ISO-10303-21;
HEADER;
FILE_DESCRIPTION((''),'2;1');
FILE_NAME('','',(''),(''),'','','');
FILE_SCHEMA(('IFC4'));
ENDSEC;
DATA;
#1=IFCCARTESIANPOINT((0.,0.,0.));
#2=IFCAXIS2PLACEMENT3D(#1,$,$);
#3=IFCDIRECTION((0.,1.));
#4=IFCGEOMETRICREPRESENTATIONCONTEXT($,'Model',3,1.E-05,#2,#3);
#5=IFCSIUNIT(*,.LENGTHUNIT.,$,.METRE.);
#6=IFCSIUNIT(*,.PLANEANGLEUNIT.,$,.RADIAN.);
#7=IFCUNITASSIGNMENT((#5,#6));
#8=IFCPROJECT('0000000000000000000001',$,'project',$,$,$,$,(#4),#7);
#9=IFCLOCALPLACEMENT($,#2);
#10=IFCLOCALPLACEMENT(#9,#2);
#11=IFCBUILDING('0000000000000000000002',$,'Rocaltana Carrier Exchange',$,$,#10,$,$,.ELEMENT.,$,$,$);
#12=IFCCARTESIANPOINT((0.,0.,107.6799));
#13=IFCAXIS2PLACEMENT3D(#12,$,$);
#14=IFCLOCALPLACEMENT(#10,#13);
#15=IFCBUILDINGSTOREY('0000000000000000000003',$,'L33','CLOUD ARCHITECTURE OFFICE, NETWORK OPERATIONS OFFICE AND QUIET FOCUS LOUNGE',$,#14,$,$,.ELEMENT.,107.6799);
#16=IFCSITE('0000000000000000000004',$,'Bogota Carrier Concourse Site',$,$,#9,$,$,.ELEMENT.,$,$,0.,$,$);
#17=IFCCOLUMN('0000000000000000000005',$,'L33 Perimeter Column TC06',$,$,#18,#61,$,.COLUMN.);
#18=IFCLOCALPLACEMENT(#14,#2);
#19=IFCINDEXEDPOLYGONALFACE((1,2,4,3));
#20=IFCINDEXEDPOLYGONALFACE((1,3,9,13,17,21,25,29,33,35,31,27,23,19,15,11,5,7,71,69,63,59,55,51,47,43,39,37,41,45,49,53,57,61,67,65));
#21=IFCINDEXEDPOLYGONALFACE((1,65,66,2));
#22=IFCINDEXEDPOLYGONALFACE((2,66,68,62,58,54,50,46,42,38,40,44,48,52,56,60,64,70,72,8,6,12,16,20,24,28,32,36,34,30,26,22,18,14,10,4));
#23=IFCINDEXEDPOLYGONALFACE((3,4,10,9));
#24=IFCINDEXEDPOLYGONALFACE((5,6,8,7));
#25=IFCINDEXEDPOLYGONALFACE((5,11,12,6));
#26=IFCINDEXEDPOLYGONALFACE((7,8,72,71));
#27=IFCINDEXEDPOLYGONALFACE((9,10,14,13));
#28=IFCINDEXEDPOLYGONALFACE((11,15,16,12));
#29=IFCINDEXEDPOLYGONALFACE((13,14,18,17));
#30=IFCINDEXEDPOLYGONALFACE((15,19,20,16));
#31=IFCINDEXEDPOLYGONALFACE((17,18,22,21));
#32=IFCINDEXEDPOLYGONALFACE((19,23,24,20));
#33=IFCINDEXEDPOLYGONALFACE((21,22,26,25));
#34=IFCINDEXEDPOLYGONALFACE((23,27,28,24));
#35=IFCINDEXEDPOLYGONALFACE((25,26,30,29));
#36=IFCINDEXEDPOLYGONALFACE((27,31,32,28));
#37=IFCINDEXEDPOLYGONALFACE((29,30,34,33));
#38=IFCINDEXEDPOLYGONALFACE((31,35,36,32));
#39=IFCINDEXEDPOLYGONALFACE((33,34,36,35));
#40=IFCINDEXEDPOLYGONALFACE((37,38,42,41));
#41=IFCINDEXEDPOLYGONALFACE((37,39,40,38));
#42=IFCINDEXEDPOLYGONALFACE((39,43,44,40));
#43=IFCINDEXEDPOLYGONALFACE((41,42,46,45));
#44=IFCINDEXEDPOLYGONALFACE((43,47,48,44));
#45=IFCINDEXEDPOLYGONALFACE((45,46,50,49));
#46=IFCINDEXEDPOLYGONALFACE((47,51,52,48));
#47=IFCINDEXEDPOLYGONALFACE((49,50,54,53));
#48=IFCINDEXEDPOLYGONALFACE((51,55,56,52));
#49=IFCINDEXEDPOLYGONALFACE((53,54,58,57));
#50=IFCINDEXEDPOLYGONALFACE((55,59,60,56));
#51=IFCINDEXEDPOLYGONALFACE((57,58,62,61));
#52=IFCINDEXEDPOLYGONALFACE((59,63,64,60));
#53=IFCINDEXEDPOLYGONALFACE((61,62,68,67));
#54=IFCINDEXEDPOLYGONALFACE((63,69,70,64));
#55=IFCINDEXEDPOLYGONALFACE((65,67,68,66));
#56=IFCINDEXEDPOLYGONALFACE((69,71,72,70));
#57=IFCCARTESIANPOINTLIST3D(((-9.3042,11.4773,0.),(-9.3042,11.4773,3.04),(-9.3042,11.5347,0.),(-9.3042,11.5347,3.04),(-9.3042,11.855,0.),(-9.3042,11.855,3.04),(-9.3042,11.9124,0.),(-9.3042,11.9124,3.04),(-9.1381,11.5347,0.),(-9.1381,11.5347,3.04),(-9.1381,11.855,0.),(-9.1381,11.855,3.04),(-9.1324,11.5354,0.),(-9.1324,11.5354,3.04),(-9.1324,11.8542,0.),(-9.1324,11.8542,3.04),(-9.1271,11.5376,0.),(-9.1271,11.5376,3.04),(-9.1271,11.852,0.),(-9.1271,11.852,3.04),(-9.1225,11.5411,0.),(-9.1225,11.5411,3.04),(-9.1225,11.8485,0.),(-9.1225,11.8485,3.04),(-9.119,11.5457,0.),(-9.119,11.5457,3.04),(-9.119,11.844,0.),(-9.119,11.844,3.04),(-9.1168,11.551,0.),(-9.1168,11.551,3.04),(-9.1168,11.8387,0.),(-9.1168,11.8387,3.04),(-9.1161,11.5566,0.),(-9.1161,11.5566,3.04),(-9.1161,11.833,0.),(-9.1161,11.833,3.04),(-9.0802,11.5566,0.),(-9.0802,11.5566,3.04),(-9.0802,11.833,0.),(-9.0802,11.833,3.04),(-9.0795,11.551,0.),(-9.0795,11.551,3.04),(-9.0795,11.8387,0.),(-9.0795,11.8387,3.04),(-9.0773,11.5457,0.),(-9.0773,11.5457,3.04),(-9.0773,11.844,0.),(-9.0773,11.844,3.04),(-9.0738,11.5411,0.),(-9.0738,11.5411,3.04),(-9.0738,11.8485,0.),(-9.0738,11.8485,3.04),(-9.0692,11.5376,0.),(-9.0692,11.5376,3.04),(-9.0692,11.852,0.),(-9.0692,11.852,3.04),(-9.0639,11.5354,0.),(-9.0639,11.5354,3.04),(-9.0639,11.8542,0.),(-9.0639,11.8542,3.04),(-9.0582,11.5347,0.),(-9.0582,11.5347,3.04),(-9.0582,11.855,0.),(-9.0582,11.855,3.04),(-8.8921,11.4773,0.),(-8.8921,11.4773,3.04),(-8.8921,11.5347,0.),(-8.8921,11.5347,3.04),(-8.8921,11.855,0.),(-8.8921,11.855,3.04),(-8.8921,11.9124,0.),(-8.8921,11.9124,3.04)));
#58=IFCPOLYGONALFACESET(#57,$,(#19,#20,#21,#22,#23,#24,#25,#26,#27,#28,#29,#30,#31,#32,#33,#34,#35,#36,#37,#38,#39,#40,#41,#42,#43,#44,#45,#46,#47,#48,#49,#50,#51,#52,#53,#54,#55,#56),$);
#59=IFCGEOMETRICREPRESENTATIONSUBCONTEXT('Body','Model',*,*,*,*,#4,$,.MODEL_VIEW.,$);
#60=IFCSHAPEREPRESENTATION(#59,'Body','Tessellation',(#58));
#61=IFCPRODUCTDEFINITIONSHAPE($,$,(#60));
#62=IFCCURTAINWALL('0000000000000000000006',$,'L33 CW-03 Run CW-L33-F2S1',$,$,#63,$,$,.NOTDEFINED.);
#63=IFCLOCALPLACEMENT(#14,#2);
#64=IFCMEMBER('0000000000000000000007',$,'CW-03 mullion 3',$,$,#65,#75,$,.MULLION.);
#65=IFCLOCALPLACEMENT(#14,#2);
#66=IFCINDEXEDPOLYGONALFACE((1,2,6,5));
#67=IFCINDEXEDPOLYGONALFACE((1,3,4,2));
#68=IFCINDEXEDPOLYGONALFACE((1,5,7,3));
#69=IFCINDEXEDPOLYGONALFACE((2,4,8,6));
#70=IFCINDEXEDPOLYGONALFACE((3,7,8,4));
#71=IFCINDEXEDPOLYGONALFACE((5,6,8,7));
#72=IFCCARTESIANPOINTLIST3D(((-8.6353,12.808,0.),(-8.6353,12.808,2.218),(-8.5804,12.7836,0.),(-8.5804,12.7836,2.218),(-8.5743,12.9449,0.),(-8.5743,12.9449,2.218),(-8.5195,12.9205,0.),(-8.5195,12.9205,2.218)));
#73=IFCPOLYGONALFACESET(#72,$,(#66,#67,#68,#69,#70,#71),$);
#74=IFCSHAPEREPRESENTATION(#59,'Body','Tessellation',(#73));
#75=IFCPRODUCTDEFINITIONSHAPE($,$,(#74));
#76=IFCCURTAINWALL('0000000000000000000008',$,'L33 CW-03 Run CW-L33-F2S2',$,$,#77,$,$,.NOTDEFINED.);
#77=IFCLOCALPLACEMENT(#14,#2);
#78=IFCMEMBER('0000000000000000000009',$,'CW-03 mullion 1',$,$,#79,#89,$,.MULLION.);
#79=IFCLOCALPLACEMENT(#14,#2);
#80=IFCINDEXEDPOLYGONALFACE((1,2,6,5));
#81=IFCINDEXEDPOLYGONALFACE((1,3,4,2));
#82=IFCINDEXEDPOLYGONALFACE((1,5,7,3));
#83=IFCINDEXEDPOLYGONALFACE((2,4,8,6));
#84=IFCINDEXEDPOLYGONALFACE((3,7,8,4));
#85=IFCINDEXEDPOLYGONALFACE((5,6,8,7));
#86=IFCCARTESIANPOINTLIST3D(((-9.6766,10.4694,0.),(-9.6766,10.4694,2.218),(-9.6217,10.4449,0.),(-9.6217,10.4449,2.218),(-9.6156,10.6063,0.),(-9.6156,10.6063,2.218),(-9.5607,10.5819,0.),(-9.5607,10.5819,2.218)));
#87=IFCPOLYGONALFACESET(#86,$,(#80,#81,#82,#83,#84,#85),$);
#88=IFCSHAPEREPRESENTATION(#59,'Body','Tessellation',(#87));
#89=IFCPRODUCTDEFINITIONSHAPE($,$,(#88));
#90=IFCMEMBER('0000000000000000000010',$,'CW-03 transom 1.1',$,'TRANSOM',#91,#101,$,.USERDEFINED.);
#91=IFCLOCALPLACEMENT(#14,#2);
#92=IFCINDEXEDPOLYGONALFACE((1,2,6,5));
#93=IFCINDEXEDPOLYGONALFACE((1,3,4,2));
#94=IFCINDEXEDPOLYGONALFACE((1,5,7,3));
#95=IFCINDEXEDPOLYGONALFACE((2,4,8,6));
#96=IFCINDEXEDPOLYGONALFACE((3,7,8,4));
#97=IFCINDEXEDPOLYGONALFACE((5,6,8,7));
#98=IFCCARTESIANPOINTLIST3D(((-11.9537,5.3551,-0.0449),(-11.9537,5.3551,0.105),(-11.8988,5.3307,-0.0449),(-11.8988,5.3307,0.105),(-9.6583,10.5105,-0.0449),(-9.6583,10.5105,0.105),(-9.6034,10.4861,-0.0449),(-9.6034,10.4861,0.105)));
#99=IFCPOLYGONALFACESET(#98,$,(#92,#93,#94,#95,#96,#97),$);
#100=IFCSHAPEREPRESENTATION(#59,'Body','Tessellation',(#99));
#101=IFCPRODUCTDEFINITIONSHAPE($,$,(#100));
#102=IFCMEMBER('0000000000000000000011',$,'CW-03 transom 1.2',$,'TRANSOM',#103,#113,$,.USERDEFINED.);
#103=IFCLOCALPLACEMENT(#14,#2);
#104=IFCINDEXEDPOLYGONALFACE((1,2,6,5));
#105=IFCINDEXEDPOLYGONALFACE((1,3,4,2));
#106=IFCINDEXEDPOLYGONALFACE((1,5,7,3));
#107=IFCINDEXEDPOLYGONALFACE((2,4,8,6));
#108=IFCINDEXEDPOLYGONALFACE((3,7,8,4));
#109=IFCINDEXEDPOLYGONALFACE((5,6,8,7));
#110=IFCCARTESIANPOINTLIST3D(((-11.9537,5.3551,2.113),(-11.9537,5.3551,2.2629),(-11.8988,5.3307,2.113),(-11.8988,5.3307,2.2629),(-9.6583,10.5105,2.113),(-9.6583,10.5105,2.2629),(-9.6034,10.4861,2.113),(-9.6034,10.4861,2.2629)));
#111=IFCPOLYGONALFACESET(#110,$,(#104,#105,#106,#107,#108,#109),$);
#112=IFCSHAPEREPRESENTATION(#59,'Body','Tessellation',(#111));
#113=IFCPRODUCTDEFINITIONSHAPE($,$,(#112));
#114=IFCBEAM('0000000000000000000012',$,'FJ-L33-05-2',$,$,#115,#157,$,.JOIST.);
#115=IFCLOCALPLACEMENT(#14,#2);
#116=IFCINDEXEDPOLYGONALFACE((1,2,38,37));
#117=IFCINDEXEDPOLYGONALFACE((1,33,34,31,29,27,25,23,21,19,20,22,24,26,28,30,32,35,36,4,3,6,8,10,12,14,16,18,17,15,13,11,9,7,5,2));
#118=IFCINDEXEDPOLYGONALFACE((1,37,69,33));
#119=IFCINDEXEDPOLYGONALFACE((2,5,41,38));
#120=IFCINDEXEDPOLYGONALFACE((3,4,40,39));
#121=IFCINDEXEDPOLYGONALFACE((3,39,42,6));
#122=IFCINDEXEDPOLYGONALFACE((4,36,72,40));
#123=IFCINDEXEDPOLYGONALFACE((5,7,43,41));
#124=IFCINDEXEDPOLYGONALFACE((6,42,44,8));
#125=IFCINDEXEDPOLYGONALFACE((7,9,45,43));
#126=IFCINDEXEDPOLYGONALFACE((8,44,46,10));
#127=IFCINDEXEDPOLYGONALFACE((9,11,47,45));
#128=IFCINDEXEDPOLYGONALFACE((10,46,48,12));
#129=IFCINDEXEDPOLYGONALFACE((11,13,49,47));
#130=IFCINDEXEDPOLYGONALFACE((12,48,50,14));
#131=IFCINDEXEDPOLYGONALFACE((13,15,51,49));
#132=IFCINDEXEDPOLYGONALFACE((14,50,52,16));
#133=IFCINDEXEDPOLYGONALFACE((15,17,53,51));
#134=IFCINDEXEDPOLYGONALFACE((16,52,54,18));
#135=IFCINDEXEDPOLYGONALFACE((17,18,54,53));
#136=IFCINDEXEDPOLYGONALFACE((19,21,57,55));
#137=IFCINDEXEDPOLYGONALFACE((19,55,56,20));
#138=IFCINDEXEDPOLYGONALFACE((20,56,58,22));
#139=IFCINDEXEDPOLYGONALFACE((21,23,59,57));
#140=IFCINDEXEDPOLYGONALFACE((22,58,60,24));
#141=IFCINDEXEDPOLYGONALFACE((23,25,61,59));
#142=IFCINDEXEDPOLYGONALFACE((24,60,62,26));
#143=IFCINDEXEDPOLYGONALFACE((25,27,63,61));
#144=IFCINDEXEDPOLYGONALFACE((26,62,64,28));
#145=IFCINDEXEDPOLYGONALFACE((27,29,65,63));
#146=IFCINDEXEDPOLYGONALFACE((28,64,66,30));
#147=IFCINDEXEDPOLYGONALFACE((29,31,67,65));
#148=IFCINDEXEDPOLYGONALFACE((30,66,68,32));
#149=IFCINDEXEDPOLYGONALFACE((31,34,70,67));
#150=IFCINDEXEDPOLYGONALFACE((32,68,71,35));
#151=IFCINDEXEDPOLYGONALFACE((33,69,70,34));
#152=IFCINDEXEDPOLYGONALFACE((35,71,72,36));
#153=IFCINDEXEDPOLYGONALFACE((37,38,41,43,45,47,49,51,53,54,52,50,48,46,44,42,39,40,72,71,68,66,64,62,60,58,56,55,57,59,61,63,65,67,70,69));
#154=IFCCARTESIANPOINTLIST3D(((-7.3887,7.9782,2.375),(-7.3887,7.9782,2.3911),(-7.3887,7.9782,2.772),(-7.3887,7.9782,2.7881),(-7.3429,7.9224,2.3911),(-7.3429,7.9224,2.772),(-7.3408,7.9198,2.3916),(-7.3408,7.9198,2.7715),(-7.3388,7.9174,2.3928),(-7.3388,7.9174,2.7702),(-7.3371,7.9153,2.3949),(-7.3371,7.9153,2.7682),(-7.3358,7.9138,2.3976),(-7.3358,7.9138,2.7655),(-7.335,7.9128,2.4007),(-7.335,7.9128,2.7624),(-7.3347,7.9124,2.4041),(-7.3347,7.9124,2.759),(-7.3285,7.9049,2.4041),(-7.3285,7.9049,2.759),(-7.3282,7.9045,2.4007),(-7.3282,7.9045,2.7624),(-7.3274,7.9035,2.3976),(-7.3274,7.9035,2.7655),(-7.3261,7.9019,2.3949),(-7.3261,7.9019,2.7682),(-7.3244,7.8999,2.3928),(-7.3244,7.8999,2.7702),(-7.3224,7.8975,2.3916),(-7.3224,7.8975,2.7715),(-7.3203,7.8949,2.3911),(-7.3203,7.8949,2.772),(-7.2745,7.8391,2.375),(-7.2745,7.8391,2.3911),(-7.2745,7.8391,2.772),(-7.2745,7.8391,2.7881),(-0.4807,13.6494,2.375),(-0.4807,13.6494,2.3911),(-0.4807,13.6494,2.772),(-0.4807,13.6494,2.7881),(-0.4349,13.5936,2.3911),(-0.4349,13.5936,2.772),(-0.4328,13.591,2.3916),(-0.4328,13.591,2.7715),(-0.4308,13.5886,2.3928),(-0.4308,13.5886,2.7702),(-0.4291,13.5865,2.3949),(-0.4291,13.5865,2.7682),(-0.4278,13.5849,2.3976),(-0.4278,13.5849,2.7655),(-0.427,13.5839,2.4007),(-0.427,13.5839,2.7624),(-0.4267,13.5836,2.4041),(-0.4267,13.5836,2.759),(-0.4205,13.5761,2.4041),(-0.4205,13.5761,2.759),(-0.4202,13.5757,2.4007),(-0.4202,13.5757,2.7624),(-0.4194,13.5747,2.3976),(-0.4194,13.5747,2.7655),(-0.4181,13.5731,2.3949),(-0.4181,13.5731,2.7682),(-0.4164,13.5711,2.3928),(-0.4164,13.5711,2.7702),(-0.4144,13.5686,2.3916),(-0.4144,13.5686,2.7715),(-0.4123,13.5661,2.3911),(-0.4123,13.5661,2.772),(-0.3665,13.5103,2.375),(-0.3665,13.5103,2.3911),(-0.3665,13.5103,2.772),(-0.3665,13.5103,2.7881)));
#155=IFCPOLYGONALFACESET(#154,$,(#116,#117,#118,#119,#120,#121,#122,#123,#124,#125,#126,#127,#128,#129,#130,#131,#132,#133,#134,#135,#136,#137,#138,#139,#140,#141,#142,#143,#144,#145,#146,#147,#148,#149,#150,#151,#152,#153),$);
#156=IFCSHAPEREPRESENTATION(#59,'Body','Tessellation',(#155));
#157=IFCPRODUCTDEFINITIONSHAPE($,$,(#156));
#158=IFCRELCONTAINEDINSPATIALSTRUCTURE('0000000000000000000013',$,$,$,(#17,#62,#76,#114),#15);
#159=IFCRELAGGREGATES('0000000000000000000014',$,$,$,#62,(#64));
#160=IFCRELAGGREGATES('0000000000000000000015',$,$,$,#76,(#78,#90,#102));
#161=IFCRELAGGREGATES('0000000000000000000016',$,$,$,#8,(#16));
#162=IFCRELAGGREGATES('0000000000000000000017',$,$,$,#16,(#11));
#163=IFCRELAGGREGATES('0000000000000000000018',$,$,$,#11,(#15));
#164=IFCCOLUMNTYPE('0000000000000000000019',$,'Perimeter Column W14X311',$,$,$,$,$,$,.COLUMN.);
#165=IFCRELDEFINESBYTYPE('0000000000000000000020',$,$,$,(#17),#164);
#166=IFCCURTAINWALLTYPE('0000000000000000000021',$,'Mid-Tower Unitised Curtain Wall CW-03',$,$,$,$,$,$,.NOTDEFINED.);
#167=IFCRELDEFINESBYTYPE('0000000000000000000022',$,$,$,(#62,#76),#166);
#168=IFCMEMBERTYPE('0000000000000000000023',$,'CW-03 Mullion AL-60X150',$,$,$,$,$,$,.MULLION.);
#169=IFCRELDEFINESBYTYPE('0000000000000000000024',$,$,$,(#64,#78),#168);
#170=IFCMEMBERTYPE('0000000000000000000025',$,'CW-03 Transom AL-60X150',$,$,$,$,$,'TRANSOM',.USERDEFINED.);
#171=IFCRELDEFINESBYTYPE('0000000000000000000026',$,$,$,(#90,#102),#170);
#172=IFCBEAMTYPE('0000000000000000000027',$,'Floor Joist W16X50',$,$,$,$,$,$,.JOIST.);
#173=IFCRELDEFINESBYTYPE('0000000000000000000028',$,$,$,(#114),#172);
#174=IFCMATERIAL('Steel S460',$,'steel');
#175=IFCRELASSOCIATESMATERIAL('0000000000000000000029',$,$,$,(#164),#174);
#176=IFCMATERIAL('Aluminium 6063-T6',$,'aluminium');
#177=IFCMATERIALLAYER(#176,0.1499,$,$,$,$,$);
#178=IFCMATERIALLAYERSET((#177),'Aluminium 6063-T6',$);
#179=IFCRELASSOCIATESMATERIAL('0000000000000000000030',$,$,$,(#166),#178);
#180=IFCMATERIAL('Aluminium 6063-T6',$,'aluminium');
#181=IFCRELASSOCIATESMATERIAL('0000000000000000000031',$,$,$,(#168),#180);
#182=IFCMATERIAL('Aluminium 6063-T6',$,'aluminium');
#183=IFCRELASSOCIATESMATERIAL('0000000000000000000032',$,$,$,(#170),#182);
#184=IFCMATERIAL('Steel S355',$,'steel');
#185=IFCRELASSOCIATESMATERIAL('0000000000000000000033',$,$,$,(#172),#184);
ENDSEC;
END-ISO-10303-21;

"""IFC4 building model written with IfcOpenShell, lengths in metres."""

from ifc_helpers import new_model, si_unit, direction, frame, origin, origin_2d, place, context, subcontext, project, spatial, rectangle, i_section, extrude, material, layer, layer_set, material_profile, profile_set, type_object, element, aggregate, save


model = new_model("IFC4")

# Units and contexts
model_context = context("Model", 3, precision=1e-05, world=origin(), true_north=direction((0.0, 1.0)))
body_context = subcontext(model_context, "Body", "Model", "MODEL_VIEW")
ifc_project = project(units=[si_unit("LENGTHUNIT", "METRE"), si_unit("PLANEANGLEUNIT", "RADIAN")], contexts=[model_context])

# Site, building, storey
site_placement = place(None, origin())
site = spatial("IfcSite", under=ifc_project, at=site_placement, Name="Bogota Carrier Concourse Site", CompositionType="ELEMENT", RefElevation=0.0)
building_placement = place(site_placement, origin())
building = spatial("IfcBuilding", under=site, at=building_placement, Name="Rocaltana Carrier Exchange", CompositionType="ELEMENT")
storey_placement = place(building_placement, frame((0.0, 0.0, 107.6799)))
storey = spatial("IfcBuildingStorey", under=building, at=storey_placement, Name="L33", Description="CLOUD ARCHITECTURE OFFICE, NETWORK OPERATIONS OFFICE AND QUIET FOCUS LOUNGE", CompositionType="ELEMENT", Elevation=107.6799)

# Column
ifc_material_1 = material(Name="Steel S460", Category="steel")
ifc_material_profile_1 = material_profile(ifc_material_1, i_section(OverallWidth=0.4121, OverallDepth=0.4351, WebThickness=0.0359, FlangeThickness=0.0574, FilletRadius=0.022, at=origin_2d()), Name="W14X311")
ifc_profile_set_1 = profile_set([ifc_material_profile_1], Name="Steel S460")
column_type = type_object("IfcColumnType", Name="Perimeter Column W14X311", PredefinedType="COLUMN", material=ifc_profile_set_1)
column_placement = place(storey_placement, frame((-9.0981, 11.6948, 0.0), z_axis=(0.0, 0.0, 1.0), x_axis=(1.0, 0.0, 0.0)))
element("IfcColumn", 1, at=column_placement, inside=storey, type_object=column_type, Name="L33 Perimeter Column TC06", PredefinedType="COLUMN", context=body_context, shape_type="SweptSolid", body=[
    extrude(i_section(OverallWidth=0.4121, OverallDepth=0.4351, WebThickness=0.0359, FlangeThickness=0.0574, FilletRadius=0.022, at=origin_2d()), origin(), (0.0, 0.0, 1.0), 3.04),
])

# Curtain wall, member
ifc_material_2 = material(Name="Aluminium 6063-T6", Category="aluminium")
ifc_layer_1 = layer(ifc_material_2, 0.1499)
ifc_layer_set_1 = layer_set([ifc_layer_1], Name="Aluminium 6063-T6")
curtain_wall_type = type_object("IfcCurtainWallType", Name="Mid-Tower Unitised Curtain Wall CW-03", PredefinedType="NOTDEFINED", material=ifc_layer_set_1)
curtain_wall_1_placement = place(storey_placement, origin())
curtain_wall_1 = element("IfcCurtainWall", 2, at=curtain_wall_1_placement, inside=storey, type_object=curtain_wall_type, Name="L33 CW-03 Run CW-L33-F2S1", PredefinedType="NOTDEFINED")
ifc_material_3 = material(Name="Aluminium 6063-T6", Category="aluminium")
ifc_material_profile_2 = material_profile(ifc_material_3, rectangle(XDim=0.0601, YDim=0.1499, at=origin_2d()), Name="AL-60X150")
ifc_profile_set_2 = profile_set([ifc_material_profile_2], Name="Aluminium 6063-T6")
member_type_1 = type_object("IfcMemberType", Name="CW-03 Mullion AL-60X150", PredefinedType="MULLION", material=ifc_profile_set_2)
member_1_placement = place(storey_placement, frame((-8.5774, 12.8643, 0.0), z_axis=(0.0, 0.0, 1.0), x_axis=(0.913544, -0.40674, 0.0)))
member_1 = element("IfcMember", 3, at=member_1_placement, type_object=member_type_1, Name="CW-03 mullion 3", PredefinedType="MULLION", context=body_context, shape_type="SweptSolid", body=[
    extrude(rectangle(XDim=0.0601, YDim=0.1499, at=origin_2d()), origin(), (0.0, 0.0, 1.0), 2.218),
])
aggregate(curtain_wall_1, [member_1])

# Curtain wall, members
curtain_wall_2_placement = place(storey_placement, origin())
curtain_wall_2 = element("IfcCurtainWall", 4, at=curtain_wall_2_placement, inside=storey, type_object=curtain_wall_type, Name="L33 CW-03 Run CW-L33-F2S2", PredefinedType="NOTDEFINED")
member_2_placement = place(storey_placement, frame((-9.6187, 10.5256, 0.0), z_axis=(0.0, 0.0, 1.0), x_axis=(0.913542, -0.406744, 0.0)))
member_2 = element("IfcMember", 5, at=member_2_placement, type_object=member_type_1, Name="CW-03 mullion 1", PredefinedType="MULLION", context=body_context, shape_type="SweptSolid", body=[
    extrude(rectangle(XDim=0.0601, YDim=0.1499, at=origin_2d()), origin(), (0.0, 0.0, 1.0), 2.218),
])
ifc_material_4 = material(Name="Aluminium 6063-T6", Category="aluminium")
ifc_material_profile_3 = material_profile(ifc_material_4, rectangle(XDim=0.0601, YDim=0.1499, at=origin_2d()), Name="AL-60X150")
ifc_profile_set_3 = profile_set([ifc_material_profile_3], Name="Aluminium 6063-T6")
member_type_2 = type_object("IfcMemberType", Name="CW-03 Transom AL-60X150", ElementType="TRANSOM", PredefinedType="USERDEFINED", material=ifc_profile_set_3)
member_3_placement = place(storey_placement, frame((-9.6309, 10.4983, 0.03), z_axis=(-0.40674, -0.913544, 0.0), x_axis=(0.913544, -0.40674, 0.0)))
member_3 = element("IfcMember", 6, at=member_3_placement, type_object=member_type_2, Name="CW-03 transom 1.1", ObjectType="TRANSOM", PredefinedType="USERDEFINED", context=body_context, shape_type="SweptSolid", body=[
    extrude(rectangle(XDim=0.0601, YDim=0.1499, at=origin_2d()), origin(), (0.0, 0.0, 1.0), 5.6433),
])
member_4_placement = place(storey_placement, frame((-9.6309, 10.4983, 2.188), z_axis=(-0.40674, -0.913544, 0.0), x_axis=(0.913544, -0.40674, 0.0)))
member_4 = element("IfcMember", 7, at=member_4_placement, type_object=member_type_2, Name="CW-03 transom 1.2", ObjectType="TRANSOM", PredefinedType="USERDEFINED", context=body_context, shape_type="SweptSolid", body=[
    extrude(rectangle(XDim=0.0601, YDim=0.1499, at=origin_2d()), origin(), (0.0, 0.0, 1.0), 5.6433),
])

# Beam
ifc_material_5 = material(Name="Steel S355", Category="steel")
ifc_material_profile_4 = material_profile(ifc_material_5, i_section(OverallWidth=0.1799, OverallDepth=0.4131, WebThickness=0.0098, FlangeThickness=0.0161, FilletRadius=0.0129, at=origin_2d()), Name="W16X50")
ifc_profile_set_4 = profile_set([ifc_material_profile_4], Name="Steel S355")
beam_type_1 = type_object("IfcBeamType", Name="Floor Joist W16X50", PredefinedType="JOIST", material=ifc_profile_set_4)
beam_1_placement = place(storey_placement, frame((-0.4236, 13.5798, 2.5815), z_axis=(-0.772905, -0.634522, 0.0), x_axis=(0.634522, -0.772905, 0.0)))
element("IfcBeam", 8, at=beam_1_placement, inside=storey, type_object=beam_type_1, Name="FJ-L33-05-2", PredefinedType="JOIST", context=body_context, shape_type="SweptSolid", body=[
    extrude(i_section(OverallWidth=0.1799, OverallDepth=0.4131, WebThickness=0.0098, FlangeThickness=0.0161, FilletRadius=0.0129, at=origin_2d()), origin(), (0.0, 0.0, 1.0), 8.9377),
])

aggregate(curtain_wall_2, [member_2, member_3, member_4])

save(model, "model.ifc")
